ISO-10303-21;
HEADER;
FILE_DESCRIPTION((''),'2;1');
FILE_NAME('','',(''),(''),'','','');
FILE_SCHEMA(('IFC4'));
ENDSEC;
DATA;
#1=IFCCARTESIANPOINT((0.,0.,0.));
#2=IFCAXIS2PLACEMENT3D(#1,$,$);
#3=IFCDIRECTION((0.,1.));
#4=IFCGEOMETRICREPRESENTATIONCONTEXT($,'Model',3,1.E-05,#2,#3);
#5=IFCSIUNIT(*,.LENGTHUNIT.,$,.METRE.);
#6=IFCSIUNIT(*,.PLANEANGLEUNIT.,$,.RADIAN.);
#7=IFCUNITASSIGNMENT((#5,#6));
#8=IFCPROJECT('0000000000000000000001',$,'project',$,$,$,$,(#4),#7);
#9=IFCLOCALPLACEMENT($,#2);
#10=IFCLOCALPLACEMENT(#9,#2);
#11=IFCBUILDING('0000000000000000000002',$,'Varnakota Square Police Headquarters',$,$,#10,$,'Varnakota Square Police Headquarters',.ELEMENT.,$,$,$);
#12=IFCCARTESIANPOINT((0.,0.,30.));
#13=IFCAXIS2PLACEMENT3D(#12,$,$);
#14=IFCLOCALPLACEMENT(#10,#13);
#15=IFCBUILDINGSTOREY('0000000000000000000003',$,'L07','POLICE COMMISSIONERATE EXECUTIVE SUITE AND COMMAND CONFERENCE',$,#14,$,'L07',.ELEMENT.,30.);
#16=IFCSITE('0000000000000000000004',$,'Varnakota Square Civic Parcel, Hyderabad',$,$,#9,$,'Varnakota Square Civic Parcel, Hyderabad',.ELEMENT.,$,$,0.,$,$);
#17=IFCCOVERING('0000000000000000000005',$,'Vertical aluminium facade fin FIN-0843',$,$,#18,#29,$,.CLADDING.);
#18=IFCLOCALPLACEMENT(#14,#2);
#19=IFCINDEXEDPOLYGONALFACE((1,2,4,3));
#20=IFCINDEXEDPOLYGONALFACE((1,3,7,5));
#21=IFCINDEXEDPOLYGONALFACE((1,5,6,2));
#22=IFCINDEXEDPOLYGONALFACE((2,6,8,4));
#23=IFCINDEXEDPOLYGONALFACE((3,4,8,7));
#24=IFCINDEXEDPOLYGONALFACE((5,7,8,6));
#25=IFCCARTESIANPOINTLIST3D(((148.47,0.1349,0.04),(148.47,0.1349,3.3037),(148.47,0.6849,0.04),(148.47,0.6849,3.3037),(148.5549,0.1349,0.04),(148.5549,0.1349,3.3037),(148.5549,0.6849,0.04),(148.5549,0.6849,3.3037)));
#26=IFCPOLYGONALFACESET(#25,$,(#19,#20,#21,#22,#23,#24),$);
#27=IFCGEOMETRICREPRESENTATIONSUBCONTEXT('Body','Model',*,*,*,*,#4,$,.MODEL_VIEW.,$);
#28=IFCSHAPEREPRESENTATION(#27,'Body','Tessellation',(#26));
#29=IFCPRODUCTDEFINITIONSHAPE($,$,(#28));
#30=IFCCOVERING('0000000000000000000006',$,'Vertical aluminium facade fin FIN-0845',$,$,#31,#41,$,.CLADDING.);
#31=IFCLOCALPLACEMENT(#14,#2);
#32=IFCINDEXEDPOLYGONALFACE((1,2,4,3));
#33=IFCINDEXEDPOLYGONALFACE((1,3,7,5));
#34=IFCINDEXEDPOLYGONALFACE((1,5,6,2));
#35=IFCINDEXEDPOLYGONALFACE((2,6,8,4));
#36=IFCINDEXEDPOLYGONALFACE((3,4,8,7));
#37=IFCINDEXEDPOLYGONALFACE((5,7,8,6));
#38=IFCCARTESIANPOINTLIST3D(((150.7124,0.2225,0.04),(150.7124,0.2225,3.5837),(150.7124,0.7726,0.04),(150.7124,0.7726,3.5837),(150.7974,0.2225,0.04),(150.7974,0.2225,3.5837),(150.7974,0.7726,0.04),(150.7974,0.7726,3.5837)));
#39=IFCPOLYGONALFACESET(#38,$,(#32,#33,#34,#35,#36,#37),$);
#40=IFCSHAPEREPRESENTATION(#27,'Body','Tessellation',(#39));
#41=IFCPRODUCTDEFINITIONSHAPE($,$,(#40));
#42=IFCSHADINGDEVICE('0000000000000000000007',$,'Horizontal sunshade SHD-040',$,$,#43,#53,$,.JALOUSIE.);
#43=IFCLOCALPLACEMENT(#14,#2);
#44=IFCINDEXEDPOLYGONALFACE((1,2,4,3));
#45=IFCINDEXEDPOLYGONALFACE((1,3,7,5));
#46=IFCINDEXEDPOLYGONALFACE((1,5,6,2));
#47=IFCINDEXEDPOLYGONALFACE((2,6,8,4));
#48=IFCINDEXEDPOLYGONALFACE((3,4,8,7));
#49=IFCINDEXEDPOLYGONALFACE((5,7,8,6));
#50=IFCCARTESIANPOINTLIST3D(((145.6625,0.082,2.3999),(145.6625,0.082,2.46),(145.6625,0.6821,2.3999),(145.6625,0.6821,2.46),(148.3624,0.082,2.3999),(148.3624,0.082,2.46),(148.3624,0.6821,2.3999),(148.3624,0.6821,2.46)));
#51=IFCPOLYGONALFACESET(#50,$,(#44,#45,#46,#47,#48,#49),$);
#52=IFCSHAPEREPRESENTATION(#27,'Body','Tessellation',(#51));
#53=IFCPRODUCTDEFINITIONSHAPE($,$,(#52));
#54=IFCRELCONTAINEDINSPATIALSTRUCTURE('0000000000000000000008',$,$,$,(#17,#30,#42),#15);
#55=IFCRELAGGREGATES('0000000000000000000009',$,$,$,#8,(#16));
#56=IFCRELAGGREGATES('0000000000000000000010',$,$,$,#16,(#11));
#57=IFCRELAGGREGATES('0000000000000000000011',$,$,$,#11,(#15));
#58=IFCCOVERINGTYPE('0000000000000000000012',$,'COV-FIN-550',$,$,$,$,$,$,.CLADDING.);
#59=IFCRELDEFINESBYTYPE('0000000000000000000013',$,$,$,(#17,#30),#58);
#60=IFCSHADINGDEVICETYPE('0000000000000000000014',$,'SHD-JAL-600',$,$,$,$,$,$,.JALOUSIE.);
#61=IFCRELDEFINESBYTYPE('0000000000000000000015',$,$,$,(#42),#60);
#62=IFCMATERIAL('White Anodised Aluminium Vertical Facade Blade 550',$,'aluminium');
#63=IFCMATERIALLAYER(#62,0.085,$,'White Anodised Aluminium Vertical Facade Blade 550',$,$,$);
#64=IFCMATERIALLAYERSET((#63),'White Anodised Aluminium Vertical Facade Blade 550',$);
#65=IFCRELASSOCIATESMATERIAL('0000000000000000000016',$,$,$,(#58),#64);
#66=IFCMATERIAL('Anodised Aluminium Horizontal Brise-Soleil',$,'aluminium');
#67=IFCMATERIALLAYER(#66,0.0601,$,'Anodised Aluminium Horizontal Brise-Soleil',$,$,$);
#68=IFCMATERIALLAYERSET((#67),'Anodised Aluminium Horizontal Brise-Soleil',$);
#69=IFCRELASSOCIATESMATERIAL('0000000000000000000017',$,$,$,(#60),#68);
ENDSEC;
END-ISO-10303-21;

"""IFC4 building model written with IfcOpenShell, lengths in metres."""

from ifc_helpers import new_model, si_unit, direction, frame, origin, origin_2d, place, context, subcontext, project, spatial, rectangle, extrude, material, layer, layer_set, type_object, element, save


model = new_model("IFC4")

# Units and contexts
model_context = context("Model", 3, precision=1e-05, world=origin(), true_north=direction((0.0, 1.0)))
body_context = subcontext(model_context, "Body", "Model", "MODEL_VIEW")
ifc_project = project(units=[si_unit("LENGTHUNIT", "METRE"), si_unit("PLANEANGLEUNIT", "RADIAN")], contexts=[model_context])

# Site, building, storey
site_placement = place(None, origin())
site = spatial("IfcSite", under=ifc_project, at=site_placement, Name="Varnakota Square Civic Parcel, Hyderabad", LongName="Varnakota Square Civic Parcel, Hyderabad", CompositionType="ELEMENT", RefElevation=0.0)
building_placement = place(site_placement, origin())
building = spatial("IfcBuilding", under=site, at=building_placement, Name="Varnakota Square Police Headquarters", LongName="Varnakota Square Police Headquarters", CompositionType="ELEMENT")
storey_placement = place(building_placement, frame((0.0, 0.0, 30.0)))
storey = spatial("IfcBuildingStorey", under=building, at=storey_placement, Name="L07", Description="POLICE COMMISSIONERATE EXECUTIVE SUITE AND COMMAND CONFERENCE", LongName="L07", CompositionType="ELEMENT", Elevation=30.0)

# Coverings
ifc_material_1 = material(Name="White Anodised Aluminium Vertical Facade Blade 550", Category="aluminium")
ifc_layer_1 = layer(ifc_material_1, 0.085, Name="White Anodised Aluminium Vertical Facade Blade 550")
ifc_layer_set_1 = layer_set([ifc_layer_1], Name="White Anodised Aluminium Vertical Facade Blade 550")
covering_type_1 = type_object("IfcCoveringType", Name="COV-FIN-550", PredefinedType="CLADDING", material=ifc_layer_set_1)
covering_1_placement = place(storey_placement, frame((148.5125, 0.4099, 0.04), z_axis=(0.0, 0.0, 1.0), x_axis=(1.0, 0.0, 0.0)))
element("IfcCovering", 1, at=covering_1_placement, inside=storey, type_object=covering_type_1, Name="Vertical aluminium facade fin FIN-0843", PredefinedType="CLADDING", context=body_context, shape_type="SweptSolid", body=[
    extrude(rectangle(XDim=0.085, YDim=0.55, at=origin_2d()), origin(), (0.0, 0.0, 1.0), 3.2637),
])
covering_2_placement = place(storey_placement, frame((150.7549, 0.4976, 0.04), z_axis=(0.0, 0.0, 1.0), x_axis=(1.0, 0.0, 0.0)))
element("IfcCovering", 2, at=covering_2_placement, inside=storey, type_object=covering_type_1, Name="Vertical aluminium facade fin FIN-0845", PredefinedType="CLADDING", context=body_context, shape_type="SweptSolid", body=[
    extrude(rectangle(XDim=0.085, YDim=0.55, at=origin_2d()), origin(), (0.0, 0.0, 1.0), 3.5437),
])

# Shading device
ifc_material_2 = material(Name="Anodised Aluminium Horizontal Brise-Soleil", Category="aluminium")
ifc_layer_2 = layer(ifc_material_2, 0.0601, Name="Anodised Aluminium Horizontal Brise-Soleil")
ifc_layer_set_2 = layer_set([ifc_layer_2], Name="Anodised Aluminium Horizontal Brise-Soleil")
shading_device_type = type_object("IfcShadingDeviceType", Name="SHD-JAL-600", PredefinedType="JALOUSIE", material=ifc_layer_set_2)
shading_device_placement = place(storey_placement, frame((147.0125, 0.3821, 2.3999), z_axis=(0.0, 0.0, 1.0), x_axis=(1.0, 0.0, 0.0)))
element("IfcShadingDevice", 3, at=shading_device_placement, inside=storey, type_object=shading_device_type, Name="Horizontal sunshade SHD-040", PredefinedType="JALOUSIE", context=body_context, shape_type="SweptSolid", body=[
    extrude(rectangle(XDim=2.7, YDim=0.6001, at=origin_2d()), origin(), (0.0, 0.0, 1.0), 0.0601),
])

save(model, "model.ifc")
